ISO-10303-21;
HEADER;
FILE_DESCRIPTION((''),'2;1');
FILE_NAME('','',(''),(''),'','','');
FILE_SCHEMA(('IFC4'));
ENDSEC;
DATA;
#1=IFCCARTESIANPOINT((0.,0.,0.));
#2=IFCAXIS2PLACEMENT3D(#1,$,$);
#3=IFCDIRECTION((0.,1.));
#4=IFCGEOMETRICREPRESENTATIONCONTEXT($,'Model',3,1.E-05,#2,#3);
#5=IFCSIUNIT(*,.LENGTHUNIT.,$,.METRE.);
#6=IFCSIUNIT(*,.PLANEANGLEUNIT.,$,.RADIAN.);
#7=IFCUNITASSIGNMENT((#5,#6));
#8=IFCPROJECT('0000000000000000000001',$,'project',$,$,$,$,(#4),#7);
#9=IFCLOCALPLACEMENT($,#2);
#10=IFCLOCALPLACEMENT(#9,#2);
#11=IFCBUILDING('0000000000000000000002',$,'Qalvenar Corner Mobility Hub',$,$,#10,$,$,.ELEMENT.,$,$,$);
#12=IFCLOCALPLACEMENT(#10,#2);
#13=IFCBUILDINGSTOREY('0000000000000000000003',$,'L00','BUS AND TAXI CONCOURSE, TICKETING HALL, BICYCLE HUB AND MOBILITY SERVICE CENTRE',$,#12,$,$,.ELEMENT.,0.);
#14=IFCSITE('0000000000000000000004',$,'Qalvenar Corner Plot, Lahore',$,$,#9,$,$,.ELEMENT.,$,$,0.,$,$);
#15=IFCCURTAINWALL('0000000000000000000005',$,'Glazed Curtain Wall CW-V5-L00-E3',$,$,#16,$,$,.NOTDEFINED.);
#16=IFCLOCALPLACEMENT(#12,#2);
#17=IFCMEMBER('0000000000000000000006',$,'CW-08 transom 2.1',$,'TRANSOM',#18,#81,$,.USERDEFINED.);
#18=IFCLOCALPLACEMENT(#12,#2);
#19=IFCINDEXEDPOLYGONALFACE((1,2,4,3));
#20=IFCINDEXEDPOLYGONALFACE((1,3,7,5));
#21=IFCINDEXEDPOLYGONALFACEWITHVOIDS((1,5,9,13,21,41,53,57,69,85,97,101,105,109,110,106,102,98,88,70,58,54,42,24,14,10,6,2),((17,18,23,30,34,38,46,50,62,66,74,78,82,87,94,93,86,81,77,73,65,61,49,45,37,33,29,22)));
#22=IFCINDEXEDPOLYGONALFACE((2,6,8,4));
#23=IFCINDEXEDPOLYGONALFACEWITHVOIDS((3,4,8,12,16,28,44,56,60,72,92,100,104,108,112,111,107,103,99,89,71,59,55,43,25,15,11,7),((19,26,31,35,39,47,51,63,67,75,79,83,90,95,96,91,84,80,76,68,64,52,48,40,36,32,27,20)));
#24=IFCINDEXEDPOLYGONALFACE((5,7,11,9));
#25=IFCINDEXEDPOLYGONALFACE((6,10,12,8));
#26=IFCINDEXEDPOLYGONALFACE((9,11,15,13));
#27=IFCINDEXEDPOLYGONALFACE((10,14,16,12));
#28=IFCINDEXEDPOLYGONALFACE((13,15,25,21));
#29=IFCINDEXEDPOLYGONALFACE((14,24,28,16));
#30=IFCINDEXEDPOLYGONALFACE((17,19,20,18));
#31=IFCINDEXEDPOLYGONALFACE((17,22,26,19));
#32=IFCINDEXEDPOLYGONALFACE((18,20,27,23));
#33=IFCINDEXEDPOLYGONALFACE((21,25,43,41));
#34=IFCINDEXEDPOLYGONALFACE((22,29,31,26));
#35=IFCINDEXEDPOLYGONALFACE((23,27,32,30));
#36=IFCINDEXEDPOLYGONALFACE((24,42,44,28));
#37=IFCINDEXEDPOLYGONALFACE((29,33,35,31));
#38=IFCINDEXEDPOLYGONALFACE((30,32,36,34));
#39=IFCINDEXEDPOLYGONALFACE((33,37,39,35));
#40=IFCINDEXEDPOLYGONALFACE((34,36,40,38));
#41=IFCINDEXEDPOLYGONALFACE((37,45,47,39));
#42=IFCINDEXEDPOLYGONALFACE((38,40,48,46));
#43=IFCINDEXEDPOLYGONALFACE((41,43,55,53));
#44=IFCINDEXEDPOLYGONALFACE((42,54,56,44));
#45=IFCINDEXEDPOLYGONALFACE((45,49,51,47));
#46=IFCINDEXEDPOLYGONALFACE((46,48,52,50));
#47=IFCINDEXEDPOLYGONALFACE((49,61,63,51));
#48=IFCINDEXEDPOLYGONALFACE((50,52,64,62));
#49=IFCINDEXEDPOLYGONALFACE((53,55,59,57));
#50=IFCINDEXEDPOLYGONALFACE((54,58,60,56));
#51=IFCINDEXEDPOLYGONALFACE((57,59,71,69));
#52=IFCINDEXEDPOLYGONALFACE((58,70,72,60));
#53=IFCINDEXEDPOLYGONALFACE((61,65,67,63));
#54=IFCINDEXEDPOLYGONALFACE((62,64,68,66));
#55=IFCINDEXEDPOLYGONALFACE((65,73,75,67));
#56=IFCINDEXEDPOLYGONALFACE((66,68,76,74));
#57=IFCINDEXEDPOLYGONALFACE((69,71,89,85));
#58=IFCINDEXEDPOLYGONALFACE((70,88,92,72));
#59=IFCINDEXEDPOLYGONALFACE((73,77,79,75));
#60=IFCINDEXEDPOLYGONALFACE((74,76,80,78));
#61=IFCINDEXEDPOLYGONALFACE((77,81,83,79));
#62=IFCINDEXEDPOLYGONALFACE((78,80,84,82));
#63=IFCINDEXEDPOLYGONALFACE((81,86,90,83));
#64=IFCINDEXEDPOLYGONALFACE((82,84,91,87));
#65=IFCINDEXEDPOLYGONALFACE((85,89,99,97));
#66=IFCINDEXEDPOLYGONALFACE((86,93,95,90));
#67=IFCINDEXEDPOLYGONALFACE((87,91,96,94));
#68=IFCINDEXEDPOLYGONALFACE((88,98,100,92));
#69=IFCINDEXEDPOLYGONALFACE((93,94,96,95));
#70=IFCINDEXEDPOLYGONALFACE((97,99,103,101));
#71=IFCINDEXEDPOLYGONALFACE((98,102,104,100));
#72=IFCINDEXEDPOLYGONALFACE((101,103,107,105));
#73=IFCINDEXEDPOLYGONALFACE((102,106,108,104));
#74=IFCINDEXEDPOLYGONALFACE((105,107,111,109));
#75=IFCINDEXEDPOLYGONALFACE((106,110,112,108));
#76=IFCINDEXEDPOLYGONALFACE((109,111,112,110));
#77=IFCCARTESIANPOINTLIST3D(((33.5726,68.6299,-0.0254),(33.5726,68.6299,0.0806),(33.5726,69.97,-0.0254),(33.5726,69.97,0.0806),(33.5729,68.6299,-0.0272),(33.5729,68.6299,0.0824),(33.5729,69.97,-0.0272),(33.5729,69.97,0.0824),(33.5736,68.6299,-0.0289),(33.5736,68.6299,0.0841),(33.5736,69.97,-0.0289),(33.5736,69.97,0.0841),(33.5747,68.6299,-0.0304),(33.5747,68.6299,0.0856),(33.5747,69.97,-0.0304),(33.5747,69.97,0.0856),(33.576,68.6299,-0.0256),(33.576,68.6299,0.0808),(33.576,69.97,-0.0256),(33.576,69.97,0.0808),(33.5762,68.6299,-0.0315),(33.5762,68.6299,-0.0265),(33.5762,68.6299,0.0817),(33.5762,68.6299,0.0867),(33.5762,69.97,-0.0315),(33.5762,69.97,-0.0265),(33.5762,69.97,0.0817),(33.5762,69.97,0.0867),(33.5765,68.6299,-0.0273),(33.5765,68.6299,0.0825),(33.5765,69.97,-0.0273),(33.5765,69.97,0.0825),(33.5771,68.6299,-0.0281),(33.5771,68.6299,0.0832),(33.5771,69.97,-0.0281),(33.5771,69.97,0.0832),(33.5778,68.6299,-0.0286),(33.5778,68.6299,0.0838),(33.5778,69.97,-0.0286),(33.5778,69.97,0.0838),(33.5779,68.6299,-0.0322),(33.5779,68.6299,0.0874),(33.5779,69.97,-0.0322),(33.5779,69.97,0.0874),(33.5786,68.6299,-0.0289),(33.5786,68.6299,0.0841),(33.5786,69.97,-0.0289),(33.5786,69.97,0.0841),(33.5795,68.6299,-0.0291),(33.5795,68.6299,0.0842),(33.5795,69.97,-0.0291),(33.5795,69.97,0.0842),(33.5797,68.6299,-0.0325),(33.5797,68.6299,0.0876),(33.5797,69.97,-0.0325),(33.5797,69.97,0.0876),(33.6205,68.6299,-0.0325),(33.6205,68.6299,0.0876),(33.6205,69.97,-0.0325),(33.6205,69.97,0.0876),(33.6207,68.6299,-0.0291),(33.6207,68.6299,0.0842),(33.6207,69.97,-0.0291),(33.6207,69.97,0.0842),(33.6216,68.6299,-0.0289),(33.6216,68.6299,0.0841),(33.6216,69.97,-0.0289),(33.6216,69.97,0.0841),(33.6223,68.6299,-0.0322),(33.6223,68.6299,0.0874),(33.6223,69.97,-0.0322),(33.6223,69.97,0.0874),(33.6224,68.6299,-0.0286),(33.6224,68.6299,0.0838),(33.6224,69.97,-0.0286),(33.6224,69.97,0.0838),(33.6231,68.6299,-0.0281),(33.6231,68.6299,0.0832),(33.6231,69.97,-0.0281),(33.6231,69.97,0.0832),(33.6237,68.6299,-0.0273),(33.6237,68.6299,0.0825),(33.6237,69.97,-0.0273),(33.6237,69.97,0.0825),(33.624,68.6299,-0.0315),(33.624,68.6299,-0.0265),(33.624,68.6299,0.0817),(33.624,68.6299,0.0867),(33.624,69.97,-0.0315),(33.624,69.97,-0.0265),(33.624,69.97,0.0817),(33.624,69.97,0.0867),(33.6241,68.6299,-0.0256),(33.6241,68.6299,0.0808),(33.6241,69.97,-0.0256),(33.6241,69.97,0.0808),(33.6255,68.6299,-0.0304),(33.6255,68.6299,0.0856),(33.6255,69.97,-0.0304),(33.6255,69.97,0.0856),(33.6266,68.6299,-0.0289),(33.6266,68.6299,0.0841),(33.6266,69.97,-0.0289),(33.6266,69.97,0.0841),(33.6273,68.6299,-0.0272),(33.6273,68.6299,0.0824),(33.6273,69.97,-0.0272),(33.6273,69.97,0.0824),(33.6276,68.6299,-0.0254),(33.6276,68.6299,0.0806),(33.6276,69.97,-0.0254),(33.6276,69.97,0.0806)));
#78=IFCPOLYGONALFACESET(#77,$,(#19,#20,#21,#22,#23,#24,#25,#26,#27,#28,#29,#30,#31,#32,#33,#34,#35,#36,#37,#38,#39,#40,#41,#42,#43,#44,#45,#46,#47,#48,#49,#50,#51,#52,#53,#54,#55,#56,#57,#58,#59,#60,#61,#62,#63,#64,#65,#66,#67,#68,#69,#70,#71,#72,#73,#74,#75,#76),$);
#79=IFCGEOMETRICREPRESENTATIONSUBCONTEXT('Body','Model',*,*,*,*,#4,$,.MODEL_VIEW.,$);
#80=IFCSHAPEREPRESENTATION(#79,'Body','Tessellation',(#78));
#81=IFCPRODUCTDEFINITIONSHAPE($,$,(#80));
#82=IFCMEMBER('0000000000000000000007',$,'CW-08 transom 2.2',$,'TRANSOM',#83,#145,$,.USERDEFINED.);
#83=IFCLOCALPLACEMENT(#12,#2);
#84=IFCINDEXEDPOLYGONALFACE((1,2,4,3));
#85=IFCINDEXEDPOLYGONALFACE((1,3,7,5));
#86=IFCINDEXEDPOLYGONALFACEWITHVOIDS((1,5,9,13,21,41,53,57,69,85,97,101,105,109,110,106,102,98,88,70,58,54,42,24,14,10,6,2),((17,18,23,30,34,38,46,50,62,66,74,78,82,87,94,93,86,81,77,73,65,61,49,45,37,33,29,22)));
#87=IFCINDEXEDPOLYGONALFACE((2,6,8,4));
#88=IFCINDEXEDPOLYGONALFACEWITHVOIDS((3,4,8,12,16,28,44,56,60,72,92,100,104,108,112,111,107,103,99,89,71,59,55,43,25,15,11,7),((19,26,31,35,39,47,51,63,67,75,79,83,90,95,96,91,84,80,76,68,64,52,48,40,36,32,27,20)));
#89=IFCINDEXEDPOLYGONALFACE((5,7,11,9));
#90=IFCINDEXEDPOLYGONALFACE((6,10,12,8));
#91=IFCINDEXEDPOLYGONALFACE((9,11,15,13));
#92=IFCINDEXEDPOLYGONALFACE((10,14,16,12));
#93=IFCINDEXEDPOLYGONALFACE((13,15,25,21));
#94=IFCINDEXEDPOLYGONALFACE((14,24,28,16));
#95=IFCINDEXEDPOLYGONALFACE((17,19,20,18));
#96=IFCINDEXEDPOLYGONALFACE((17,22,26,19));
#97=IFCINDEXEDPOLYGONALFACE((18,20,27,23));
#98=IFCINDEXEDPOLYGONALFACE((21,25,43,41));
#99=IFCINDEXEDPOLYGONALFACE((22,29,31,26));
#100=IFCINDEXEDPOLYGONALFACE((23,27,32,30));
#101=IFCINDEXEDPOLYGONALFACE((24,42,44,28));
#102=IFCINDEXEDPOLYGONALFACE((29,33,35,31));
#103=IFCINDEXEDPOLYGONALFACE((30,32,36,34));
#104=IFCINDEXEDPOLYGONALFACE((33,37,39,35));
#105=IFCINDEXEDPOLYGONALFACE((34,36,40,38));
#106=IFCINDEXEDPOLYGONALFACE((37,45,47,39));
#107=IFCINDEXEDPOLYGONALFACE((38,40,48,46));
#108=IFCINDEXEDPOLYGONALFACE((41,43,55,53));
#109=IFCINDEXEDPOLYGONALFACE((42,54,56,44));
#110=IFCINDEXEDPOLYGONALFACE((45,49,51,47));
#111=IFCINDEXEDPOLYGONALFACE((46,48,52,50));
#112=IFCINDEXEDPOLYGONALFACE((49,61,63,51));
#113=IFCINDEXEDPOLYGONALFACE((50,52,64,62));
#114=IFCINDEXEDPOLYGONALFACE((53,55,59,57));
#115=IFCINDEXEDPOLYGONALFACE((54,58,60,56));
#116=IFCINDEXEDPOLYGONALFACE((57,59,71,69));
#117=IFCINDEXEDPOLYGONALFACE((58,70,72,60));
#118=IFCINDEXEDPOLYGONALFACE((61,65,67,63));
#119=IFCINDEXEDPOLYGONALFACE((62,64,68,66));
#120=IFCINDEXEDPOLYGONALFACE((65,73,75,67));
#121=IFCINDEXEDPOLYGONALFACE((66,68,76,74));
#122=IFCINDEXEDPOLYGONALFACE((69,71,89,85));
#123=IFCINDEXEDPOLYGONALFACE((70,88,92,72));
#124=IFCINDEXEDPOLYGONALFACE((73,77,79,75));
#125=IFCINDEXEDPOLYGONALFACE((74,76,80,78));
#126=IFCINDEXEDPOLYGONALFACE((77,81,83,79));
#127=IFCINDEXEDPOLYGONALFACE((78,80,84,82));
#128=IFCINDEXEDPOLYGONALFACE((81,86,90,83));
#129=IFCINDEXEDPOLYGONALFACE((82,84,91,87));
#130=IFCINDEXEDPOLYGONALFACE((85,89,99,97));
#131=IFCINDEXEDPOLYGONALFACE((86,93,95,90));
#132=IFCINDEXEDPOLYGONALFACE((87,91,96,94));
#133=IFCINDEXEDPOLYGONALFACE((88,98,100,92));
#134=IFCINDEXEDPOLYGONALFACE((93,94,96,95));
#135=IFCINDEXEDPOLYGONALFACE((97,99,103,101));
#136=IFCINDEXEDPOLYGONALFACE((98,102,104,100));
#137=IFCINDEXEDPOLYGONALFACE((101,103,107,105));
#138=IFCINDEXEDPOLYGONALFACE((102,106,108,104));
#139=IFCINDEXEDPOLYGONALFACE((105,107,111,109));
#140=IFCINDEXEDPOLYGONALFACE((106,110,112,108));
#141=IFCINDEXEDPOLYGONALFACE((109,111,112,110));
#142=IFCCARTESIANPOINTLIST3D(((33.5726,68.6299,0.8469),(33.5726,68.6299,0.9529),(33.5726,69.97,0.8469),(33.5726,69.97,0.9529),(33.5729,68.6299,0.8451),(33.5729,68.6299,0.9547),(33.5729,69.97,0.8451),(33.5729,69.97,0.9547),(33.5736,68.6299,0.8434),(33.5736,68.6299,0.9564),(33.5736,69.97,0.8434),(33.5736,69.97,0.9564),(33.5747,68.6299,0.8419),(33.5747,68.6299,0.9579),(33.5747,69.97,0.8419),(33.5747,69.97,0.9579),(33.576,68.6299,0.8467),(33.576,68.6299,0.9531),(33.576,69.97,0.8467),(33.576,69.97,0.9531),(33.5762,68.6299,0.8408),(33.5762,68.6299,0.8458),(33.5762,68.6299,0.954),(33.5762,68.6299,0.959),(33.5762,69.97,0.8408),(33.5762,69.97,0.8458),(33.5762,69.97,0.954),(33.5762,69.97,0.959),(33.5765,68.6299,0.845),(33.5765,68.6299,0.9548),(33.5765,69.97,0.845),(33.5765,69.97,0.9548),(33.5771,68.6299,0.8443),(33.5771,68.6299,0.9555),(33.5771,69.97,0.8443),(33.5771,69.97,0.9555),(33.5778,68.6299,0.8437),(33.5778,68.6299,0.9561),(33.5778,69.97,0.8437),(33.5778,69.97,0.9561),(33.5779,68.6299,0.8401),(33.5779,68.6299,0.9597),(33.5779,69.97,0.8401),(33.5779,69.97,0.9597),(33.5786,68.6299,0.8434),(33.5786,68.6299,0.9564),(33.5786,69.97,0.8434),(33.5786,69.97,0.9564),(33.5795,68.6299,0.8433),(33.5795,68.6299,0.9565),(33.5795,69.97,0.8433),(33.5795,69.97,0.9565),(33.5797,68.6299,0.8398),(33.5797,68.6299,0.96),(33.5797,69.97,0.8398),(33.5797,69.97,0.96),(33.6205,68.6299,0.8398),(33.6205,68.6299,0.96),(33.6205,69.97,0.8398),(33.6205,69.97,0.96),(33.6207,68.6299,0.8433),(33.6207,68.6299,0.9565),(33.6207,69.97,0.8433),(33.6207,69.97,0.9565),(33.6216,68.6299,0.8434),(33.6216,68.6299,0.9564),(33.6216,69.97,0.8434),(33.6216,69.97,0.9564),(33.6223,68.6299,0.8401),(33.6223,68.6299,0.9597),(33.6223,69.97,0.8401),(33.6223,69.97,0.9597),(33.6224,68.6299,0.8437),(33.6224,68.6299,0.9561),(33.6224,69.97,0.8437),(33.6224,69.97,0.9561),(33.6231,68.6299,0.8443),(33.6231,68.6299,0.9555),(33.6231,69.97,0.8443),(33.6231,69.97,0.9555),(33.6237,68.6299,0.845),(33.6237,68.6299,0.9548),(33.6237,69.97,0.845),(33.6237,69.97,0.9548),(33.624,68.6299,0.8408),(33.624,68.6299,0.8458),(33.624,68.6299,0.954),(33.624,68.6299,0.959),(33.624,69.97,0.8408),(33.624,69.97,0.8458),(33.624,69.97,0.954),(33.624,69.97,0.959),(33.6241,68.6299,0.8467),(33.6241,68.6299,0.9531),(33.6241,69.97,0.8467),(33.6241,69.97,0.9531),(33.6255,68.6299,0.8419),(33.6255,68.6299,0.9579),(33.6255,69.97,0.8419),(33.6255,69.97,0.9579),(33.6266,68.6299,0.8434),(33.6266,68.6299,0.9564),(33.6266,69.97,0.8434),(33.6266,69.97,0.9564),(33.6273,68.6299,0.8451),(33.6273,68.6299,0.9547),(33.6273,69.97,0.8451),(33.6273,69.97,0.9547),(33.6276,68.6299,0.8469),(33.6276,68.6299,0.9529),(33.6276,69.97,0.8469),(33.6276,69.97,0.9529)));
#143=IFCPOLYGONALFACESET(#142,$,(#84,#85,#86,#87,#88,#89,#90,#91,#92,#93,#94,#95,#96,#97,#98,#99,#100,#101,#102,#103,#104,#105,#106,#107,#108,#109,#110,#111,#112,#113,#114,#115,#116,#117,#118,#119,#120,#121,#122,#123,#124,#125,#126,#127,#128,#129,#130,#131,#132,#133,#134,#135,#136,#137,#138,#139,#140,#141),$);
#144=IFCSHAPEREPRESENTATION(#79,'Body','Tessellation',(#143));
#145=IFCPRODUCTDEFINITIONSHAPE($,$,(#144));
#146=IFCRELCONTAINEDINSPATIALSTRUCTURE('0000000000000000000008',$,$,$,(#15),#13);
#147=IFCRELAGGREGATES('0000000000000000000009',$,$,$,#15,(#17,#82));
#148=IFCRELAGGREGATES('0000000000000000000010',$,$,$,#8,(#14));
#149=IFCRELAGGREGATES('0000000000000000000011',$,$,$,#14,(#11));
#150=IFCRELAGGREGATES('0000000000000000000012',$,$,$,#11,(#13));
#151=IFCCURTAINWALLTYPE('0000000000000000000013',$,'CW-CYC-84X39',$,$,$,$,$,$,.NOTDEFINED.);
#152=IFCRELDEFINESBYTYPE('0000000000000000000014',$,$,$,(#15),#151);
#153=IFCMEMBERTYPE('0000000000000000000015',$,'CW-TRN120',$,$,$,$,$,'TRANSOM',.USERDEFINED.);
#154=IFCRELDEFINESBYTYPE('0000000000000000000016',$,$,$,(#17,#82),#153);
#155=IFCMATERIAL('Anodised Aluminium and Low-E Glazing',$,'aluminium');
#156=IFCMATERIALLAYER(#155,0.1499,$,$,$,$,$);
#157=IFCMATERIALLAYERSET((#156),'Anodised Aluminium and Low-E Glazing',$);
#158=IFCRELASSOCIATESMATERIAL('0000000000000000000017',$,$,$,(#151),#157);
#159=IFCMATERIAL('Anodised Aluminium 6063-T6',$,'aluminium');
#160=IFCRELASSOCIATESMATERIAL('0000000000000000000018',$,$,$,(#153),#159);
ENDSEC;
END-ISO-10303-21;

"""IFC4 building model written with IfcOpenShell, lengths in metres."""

from ifc_helpers import new_model, si_unit, direction, frame, origin, origin_2d, place, context, subcontext, project, spatial, hollow_rectangle, extrude, material, layer, layer_set, material_profile, profile_set, type_object, element, aggregate, save


model = new_model("IFC4")

# Units and contexts
model_context = context("Model", 3, precision=1e-05, world=origin(), true_north=direction((0.0, 1.0)))
body_context = subcontext(model_context, "Body", "Model", "MODEL_VIEW")
ifc_project = project(units=[si_unit("LENGTHUNIT", "METRE"), si_unit("PLANEANGLEUNIT", "RADIAN")], contexts=[model_context])

# Site, building, storey
site_placement = place(None, origin())
site = spatial("IfcSite", under=ifc_project, at=site_placement, Name="Qalvenar Corner Plot, Lahore", CompositionType="ELEMENT", RefElevation=0.0)
building_placement = place(site_placement, origin())
building = spatial("IfcBuilding", under=site, at=building_placement, Name="Qalvenar Corner Mobility Hub", CompositionType="ELEMENT")
storey_placement = place(building_placement, origin())
storey = spatial("IfcBuildingStorey", under=building, at=storey_placement, Name="L00", Description="BUS AND TAXI CONCOURSE, TICKETING HALL, BICYCLE HUB AND MOBILITY SERVICE CENTRE", CompositionType="ELEMENT", Elevation=0.0)

# Curtain wall, members
ifc_material_1 = material(Name="Anodised Aluminium and Low-E Glazing", Category="aluminium")
ifc_layer_1 = layer(ifc_material_1, 0.1499)
ifc_layer_set_1 = layer_set([ifc_layer_1], Name="Anodised Aluminium and Low-E Glazing")
curtain_wall_type = type_object("IfcCurtainWallType", Name="CW-CYC-84X39", PredefinedType="NOTDEFINED", material=ifc_layer_set_1)
curtain_wall_placement = place(storey_placement, origin())
curtain_wall = element("IfcCurtainWall", 1, at=curtain_wall_placement, inside=storey, type_object=curtain_wall_type, Name="Glazed Curtain Wall CW-V5-L00-E3", PredefinedType="NOTDEFINED")
ifc_material_2 = material(Name="Anodised Aluminium 6063-T6", Category="aluminium")
ifc_material_profile_1 = material_profile(ifc_material_2, hollow_rectangle(XDim=0.0549, YDim=0.1201, WallThickness=0.0034, InnerFilletRadius=0.0034, OuterFilletRadius=0.0071, at=origin_2d()), Name="RHS120x55x3.5")
ifc_profile_set_1 = profile_set([ifc_material_profile_1], Name="Anodised Aluminium 6063-T6")
member_type_1 = type_object("IfcMemberType", Name="CW-TRN120", ElementType="TRANSOM", PredefinedType="USERDEFINED", material=ifc_profile_set_1)
member_1_placement = place(storey_placement, frame((33.6001, 68.6299, 0.0276), z_axis=(0.0, 1.0, 0.0), x_axis=(-1.0, 0.0, 0.0)))
member_1 = element("IfcMember", 2, at=member_1_placement, type_object=member_type_1, Name="CW-08 transom 2.1", ObjectType="TRANSOM", PredefinedType="USERDEFINED", context=body_context, shape_type="SweptSolid", body=[
    extrude(hollow_rectangle(XDim=0.0549, YDim=0.1201, WallThickness=0.0034, InnerFilletRadius=0.0034, OuterFilletRadius=0.0071, at=origin_2d()), origin(), (0.0, 0.0, 1.0), 1.3401),
])
member_2_placement = place(storey_placement, frame((33.6001, 68.6299, 0.8999), z_axis=(0.0, 1.0, 0.0), x_axis=(-1.0, 0.0, 0.0)))
member_2 = element("IfcMember", 3, at=member_2_placement, type_object=member_type_1, Name="CW-08 transom 2.2", ObjectType="TRANSOM", PredefinedType="USERDEFINED", context=body_context, shape_type="SweptSolid", body=[
    extrude(hollow_rectangle(XDim=0.0549, YDim=0.1201, WallThickness=0.0034, InnerFilletRadius=0.0034, OuterFilletRadius=0.0071, at=origin_2d()), origin(), (0.0, 0.0, 1.0), 1.3401),
])
aggregate(curtain_wall, [member_1, member_2])

save(model, "model.ifc")
